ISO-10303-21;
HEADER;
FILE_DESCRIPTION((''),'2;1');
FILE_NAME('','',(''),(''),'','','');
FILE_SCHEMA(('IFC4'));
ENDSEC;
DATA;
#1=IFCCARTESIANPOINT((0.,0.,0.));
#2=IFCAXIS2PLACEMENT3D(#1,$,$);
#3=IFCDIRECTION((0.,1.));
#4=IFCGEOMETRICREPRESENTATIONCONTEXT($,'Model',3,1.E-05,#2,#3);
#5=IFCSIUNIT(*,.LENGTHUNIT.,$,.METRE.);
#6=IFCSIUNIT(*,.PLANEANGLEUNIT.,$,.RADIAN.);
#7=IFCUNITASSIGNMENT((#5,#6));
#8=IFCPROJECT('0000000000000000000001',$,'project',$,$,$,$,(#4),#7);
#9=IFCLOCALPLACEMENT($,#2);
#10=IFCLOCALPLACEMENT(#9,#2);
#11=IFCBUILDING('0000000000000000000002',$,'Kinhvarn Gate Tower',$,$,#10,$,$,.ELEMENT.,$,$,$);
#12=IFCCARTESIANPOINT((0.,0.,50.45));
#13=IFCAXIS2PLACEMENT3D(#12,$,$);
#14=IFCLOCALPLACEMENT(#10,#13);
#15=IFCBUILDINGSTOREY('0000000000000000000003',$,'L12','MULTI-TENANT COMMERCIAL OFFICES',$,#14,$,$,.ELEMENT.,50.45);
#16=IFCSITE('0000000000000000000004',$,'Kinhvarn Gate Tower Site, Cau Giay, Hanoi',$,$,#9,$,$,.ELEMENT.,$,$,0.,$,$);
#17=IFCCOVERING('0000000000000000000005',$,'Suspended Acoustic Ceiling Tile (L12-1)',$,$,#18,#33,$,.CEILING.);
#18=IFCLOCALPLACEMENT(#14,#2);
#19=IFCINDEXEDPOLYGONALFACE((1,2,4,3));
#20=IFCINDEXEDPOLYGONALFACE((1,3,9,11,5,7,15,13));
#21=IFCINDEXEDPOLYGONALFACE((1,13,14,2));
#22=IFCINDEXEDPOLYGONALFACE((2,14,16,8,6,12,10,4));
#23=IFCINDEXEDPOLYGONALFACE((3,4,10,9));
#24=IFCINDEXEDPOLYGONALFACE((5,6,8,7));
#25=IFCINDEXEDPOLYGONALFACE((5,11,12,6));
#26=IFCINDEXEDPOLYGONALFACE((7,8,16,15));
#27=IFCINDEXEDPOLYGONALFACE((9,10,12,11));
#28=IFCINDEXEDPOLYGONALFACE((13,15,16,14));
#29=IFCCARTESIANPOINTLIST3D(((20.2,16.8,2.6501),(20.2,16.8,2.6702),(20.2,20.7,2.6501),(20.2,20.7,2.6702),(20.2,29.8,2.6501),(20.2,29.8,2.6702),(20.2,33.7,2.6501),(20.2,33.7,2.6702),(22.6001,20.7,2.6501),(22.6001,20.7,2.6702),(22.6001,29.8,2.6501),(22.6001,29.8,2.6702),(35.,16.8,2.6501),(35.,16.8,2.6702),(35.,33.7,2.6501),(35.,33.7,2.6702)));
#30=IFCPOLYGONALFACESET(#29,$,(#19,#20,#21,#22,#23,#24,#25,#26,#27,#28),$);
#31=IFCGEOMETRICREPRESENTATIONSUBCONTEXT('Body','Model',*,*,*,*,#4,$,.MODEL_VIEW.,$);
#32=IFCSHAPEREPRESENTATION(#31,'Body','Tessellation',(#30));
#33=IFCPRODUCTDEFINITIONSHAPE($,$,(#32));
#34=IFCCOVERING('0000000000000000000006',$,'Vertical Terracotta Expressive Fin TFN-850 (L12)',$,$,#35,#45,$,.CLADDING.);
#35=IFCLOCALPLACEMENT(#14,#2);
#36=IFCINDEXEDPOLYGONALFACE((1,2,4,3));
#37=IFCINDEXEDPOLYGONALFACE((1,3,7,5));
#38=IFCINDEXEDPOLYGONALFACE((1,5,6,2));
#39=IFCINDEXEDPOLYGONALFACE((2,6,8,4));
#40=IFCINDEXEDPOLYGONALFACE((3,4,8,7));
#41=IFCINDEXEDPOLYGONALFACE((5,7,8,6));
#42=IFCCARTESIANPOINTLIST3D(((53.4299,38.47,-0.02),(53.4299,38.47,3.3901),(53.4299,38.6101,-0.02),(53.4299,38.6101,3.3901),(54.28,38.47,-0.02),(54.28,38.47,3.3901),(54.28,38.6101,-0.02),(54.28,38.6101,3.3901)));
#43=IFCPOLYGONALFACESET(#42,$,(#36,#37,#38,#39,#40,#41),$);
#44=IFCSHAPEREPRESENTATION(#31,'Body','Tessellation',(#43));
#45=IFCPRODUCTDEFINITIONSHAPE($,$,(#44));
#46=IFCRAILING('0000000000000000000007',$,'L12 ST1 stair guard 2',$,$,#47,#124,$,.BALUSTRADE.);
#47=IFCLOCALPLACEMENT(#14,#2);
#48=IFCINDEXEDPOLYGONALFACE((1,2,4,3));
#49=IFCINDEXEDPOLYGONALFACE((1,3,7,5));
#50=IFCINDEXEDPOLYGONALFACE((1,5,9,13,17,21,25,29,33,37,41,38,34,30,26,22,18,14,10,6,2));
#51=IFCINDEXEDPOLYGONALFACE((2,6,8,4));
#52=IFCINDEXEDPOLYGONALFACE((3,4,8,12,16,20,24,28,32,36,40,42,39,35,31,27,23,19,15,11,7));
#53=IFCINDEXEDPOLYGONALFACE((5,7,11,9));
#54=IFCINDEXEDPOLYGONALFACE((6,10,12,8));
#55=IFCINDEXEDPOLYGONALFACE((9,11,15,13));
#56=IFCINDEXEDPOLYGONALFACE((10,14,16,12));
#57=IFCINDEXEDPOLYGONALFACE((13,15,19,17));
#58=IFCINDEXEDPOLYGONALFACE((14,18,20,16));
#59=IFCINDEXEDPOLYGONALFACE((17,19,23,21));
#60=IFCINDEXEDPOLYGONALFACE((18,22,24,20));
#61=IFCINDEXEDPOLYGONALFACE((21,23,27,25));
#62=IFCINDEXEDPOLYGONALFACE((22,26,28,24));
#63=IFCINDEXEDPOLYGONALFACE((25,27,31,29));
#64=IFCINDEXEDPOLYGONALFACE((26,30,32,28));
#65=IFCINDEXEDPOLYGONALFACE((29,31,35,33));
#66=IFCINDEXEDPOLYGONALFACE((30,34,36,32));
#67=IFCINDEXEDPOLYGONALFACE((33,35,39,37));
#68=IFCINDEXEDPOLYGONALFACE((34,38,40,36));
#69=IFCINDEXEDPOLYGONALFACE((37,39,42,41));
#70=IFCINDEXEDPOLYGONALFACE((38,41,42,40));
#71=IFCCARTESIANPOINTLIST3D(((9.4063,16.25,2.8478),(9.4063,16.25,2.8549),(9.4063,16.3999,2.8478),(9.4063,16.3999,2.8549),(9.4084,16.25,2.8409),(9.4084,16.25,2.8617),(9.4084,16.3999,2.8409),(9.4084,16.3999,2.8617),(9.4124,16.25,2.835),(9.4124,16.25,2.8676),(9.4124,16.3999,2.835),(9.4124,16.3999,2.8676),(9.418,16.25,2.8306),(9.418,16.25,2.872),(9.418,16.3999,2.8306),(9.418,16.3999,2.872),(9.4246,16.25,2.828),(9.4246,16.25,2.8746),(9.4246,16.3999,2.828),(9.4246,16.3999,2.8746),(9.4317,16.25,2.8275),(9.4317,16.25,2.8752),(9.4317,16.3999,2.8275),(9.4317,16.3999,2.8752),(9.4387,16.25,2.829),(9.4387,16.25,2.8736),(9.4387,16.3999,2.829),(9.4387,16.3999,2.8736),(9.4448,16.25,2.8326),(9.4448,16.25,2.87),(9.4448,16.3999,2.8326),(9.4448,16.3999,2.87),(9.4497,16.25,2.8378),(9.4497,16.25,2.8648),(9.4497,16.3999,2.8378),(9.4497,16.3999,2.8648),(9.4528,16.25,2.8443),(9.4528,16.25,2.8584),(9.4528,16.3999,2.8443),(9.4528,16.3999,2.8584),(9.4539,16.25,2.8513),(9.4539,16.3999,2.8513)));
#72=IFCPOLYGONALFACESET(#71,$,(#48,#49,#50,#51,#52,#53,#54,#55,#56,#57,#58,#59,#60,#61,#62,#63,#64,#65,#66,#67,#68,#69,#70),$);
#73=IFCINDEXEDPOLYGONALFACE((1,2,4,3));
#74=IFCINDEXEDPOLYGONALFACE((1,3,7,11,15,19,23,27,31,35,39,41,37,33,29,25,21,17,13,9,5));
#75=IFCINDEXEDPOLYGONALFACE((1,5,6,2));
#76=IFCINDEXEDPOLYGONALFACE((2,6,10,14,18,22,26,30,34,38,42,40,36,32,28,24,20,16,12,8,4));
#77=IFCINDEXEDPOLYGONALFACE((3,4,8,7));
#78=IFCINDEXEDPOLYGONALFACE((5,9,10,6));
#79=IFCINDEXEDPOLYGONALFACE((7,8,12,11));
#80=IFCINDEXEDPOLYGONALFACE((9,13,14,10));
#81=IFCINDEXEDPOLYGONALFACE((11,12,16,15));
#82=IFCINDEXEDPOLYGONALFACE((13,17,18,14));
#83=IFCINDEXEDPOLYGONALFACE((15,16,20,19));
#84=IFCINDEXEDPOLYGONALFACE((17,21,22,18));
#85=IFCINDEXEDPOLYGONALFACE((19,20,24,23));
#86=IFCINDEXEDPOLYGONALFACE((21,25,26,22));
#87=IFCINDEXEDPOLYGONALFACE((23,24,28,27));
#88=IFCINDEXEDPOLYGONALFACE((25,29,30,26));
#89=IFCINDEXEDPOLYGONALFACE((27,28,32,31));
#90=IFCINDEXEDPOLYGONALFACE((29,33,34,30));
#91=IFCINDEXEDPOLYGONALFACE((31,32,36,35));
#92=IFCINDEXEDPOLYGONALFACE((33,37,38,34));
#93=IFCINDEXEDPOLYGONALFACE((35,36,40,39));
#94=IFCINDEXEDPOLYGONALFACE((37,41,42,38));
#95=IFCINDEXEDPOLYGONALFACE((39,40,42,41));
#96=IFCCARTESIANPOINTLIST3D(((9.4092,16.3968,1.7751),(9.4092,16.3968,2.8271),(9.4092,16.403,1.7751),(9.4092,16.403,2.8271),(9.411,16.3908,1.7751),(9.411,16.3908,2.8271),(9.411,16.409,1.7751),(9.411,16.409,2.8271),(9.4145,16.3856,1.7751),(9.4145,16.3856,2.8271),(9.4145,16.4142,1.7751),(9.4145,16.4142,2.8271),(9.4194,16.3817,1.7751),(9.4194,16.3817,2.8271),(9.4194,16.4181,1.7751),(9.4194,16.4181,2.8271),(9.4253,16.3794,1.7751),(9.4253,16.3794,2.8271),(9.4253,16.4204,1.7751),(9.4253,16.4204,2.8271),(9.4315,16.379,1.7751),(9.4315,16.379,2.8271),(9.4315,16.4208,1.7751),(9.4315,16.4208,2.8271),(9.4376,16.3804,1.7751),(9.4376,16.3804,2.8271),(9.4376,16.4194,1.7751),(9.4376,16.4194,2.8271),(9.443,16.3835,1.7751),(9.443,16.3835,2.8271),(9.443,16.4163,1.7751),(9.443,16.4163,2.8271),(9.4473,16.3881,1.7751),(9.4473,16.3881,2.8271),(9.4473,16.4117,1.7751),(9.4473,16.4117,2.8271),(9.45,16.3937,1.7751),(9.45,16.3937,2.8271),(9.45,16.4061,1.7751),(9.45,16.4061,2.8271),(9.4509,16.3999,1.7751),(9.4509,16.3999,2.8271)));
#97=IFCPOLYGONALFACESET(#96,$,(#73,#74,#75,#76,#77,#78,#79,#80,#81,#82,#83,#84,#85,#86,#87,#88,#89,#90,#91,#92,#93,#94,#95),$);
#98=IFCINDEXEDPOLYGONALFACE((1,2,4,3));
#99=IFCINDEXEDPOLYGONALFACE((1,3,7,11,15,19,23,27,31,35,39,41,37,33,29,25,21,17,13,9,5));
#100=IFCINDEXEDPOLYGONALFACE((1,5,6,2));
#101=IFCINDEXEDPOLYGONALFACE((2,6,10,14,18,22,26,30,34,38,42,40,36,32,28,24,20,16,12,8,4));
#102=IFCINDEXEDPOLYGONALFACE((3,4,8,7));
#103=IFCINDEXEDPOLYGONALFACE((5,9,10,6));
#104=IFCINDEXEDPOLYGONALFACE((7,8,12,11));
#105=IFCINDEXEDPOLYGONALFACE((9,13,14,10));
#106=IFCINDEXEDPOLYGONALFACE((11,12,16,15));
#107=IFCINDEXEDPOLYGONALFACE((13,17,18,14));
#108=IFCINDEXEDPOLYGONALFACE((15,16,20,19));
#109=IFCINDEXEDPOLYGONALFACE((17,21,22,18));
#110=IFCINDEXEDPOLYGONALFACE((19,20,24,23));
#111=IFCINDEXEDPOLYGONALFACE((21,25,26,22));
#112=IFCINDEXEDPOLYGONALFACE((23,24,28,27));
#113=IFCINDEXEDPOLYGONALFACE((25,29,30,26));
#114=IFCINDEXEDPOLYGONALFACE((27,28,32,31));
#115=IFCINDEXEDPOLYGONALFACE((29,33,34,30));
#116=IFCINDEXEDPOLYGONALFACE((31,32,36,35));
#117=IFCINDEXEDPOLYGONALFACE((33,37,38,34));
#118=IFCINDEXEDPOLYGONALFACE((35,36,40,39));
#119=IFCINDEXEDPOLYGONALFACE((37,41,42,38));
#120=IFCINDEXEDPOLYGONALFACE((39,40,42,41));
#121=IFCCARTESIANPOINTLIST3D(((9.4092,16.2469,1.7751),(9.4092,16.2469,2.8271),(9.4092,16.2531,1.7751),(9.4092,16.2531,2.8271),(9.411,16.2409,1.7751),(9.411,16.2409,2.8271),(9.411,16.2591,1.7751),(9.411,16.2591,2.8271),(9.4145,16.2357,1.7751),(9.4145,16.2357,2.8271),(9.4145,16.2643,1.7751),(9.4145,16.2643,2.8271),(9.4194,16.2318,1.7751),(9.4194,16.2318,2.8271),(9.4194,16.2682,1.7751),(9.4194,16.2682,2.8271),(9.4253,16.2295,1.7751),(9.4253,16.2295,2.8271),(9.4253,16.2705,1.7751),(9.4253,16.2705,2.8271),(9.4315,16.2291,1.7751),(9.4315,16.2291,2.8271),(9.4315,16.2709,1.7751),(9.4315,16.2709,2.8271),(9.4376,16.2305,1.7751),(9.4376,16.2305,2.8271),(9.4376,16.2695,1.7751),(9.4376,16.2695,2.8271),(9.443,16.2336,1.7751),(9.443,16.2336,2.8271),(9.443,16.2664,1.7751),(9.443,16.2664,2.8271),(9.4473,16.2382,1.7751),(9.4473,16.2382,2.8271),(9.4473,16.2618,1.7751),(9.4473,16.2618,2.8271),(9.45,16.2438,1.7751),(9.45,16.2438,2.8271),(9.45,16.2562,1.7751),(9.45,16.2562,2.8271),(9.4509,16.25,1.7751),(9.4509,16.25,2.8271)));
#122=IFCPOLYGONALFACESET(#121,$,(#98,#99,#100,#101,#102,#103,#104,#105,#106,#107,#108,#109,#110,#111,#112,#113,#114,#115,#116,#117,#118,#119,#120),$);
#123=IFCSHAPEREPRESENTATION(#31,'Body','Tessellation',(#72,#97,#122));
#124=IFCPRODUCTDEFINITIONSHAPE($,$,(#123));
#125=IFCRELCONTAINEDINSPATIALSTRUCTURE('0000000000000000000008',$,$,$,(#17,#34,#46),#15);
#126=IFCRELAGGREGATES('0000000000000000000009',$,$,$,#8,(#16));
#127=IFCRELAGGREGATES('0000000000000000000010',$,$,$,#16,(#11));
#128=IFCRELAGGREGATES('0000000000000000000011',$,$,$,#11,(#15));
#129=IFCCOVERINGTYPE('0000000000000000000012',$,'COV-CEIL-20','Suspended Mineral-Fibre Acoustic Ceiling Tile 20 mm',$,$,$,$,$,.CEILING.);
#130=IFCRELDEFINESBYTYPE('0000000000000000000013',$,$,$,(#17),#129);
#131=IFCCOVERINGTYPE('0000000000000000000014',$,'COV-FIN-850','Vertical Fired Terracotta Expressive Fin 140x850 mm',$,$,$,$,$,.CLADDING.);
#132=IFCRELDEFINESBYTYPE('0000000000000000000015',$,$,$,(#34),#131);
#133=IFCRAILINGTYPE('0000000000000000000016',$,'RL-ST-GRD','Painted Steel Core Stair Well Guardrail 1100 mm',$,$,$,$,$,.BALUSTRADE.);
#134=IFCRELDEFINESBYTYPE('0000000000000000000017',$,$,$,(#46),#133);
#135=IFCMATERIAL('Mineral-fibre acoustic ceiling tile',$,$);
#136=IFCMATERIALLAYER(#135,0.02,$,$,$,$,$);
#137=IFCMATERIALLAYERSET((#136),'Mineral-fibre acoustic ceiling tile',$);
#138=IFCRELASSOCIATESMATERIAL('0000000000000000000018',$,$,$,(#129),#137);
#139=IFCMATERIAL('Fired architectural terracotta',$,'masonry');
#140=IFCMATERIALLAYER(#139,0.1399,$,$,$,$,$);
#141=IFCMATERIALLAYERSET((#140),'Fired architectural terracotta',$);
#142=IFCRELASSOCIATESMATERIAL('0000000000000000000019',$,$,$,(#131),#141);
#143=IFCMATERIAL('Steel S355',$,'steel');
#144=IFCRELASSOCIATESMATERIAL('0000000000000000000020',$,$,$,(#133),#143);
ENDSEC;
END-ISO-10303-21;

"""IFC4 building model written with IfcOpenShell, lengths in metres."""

from ifc_helpers import new_model, si_unit, direction, frame, origin, origin_2d, place, context, subcontext, project, spatial, polyline, circle, outline, extrude, material, layer, layer_set, type_object, element, save


model = new_model("IFC4")

# Units and contexts
model_context = context("Model", 3, precision=1e-05, world=origin(), true_north=direction((0.0, 1.0)))
body_context = subcontext(model_context, "Body", "Model", "MODEL_VIEW")
ifc_project = project(units=[si_unit("LENGTHUNIT", "METRE"), si_unit("PLANEANGLEUNIT", "RADIAN")], contexts=[model_context])

# Site, building, storey
site_placement = place(None, origin())
site = spatial("IfcSite", under=ifc_project, at=site_placement, Name="Kinhvarn Gate Tower Site, Cau Giay, Hanoi", CompositionType="ELEMENT", RefElevation=0.0)
building_placement = place(site_placement, origin())
building = spatial("IfcBuilding", under=site, at=building_placement, Name="Kinhvarn Gate Tower", CompositionType="ELEMENT")
storey_placement = place(building_placement, frame((0.0, 0.0, 50.45)))
storey = spatial("IfcBuildingStorey", under=building, at=storey_placement, Name="L12", Description="MULTI-TENANT COMMERCIAL OFFICES", CompositionType="ELEMENT", Elevation=50.45)

# Shared definitions
ifc_material_1 = material(Name="Steel S355", Category="steel")

# Shared definitions
ifc_material_2 = material(Name="Fired architectural terracotta", Category="masonry")

# Coverings
ifc_material_3 = material(Name="Mineral-fibre acoustic ceiling tile")
ifc_layer_1 = layer(ifc_material_3, 0.02)
ifc_layer_set_1 = layer_set([ifc_layer_1], Name="Mineral-fibre acoustic ceiling tile")
covering_type_1 = type_object("IfcCoveringType", Name="COV-CEIL-20", Description="Suspended Mineral-Fibre Acoustic Ceiling Tile 20 mm", PredefinedType="CEILING", material=ifc_layer_set_1)
covering_1_placement = place(storey_placement, frame((0.0, 0.0, 2.6501)))
element("IfcCovering", 1, at=covering_1_placement, inside=storey, type_object=covering_type_1, Name="Suspended Acoustic Ceiling Tile (L12-1)", PredefinedType="CEILING", context=body_context, shape_type="SweptSolid", body=[
    extrude(outline(polyline([(35.0, 33.7), (35.0, 16.8), (20.2, 16.8), (20.2, 20.7), (22.6001, 20.7), (22.6001, 29.8), (20.2, 29.8), (20.2, 33.7), (35.0, 33.7)])), origin(), (0.0, 0.0, 1.0), 0.02),
])
ifc_layer_2 = layer(ifc_material_2, 0.1399)
ifc_layer_set_2 = layer_set([ifc_layer_2], Name="Fired architectural terracotta")
covering_type_2 = type_object("IfcCoveringType", Name="COV-FIN-850", Description="Vertical Fired Terracotta Expressive Fin 140x850 mm", PredefinedType="CLADDING", material=ifc_layer_set_2)
covering_2_placement = place(storey_placement, frame((0.0, 0.0, -0.02)))
element("IfcCovering", 2, at=covering_2_placement, inside=storey, type_object=covering_type_2, Name="Vertical Terracotta Expressive Fin TFN-850 (L12)", PredefinedType="CLADDING", context=body_context, shape_type="SweptSolid", body=[
    extrude(outline(polyline([(53.4299, 38.47), (53.4299, 38.6101), (54.28, 38.6101), (54.28, 38.47), (53.4299, 38.47)])), origin(), (0.0, 0.0, 1.0), 3.4102),
])

# Railing
railing_type_1 = type_object("IfcRailingType", Name="RL-ST-GRD", Description="Painted Steel Core Stair Well Guardrail 1100 mm", PredefinedType="BALUSTRADE", material=ifc_material_1)
railing_1_placement = place(storey_placement, frame((9.4299, 16.3999, 1.7751)))
element("IfcRailing", 3, at=railing_1_placement, inside=storey, type_object=railing_type_1, Name="L12 ST1 stair guard 2", PredefinedType="BALUSTRADE", context=body_context, shape_type="SweptSolid", body=[
    extrude(circle(Radius=0.0239, at=origin_2d()), frame((0.0, 0.0, 1.0762), z_axis=(0.0, -1.0, 0.0), x_axis=(1.0, 0.0, 0.0)), (0.0, 0.0, 1.0), 0.1499),
    extrude(circle(Radius=0.021, at=origin_2d()), origin(), (0.0, 0.0, 1.0), 1.052),
    extrude(circle(Radius=0.021, at=origin_2d()), frame((0.0, -0.1499, 0.0)), (0.0, 0.0, 1.0), 1.052),
])

save(model, "model.ifc")
